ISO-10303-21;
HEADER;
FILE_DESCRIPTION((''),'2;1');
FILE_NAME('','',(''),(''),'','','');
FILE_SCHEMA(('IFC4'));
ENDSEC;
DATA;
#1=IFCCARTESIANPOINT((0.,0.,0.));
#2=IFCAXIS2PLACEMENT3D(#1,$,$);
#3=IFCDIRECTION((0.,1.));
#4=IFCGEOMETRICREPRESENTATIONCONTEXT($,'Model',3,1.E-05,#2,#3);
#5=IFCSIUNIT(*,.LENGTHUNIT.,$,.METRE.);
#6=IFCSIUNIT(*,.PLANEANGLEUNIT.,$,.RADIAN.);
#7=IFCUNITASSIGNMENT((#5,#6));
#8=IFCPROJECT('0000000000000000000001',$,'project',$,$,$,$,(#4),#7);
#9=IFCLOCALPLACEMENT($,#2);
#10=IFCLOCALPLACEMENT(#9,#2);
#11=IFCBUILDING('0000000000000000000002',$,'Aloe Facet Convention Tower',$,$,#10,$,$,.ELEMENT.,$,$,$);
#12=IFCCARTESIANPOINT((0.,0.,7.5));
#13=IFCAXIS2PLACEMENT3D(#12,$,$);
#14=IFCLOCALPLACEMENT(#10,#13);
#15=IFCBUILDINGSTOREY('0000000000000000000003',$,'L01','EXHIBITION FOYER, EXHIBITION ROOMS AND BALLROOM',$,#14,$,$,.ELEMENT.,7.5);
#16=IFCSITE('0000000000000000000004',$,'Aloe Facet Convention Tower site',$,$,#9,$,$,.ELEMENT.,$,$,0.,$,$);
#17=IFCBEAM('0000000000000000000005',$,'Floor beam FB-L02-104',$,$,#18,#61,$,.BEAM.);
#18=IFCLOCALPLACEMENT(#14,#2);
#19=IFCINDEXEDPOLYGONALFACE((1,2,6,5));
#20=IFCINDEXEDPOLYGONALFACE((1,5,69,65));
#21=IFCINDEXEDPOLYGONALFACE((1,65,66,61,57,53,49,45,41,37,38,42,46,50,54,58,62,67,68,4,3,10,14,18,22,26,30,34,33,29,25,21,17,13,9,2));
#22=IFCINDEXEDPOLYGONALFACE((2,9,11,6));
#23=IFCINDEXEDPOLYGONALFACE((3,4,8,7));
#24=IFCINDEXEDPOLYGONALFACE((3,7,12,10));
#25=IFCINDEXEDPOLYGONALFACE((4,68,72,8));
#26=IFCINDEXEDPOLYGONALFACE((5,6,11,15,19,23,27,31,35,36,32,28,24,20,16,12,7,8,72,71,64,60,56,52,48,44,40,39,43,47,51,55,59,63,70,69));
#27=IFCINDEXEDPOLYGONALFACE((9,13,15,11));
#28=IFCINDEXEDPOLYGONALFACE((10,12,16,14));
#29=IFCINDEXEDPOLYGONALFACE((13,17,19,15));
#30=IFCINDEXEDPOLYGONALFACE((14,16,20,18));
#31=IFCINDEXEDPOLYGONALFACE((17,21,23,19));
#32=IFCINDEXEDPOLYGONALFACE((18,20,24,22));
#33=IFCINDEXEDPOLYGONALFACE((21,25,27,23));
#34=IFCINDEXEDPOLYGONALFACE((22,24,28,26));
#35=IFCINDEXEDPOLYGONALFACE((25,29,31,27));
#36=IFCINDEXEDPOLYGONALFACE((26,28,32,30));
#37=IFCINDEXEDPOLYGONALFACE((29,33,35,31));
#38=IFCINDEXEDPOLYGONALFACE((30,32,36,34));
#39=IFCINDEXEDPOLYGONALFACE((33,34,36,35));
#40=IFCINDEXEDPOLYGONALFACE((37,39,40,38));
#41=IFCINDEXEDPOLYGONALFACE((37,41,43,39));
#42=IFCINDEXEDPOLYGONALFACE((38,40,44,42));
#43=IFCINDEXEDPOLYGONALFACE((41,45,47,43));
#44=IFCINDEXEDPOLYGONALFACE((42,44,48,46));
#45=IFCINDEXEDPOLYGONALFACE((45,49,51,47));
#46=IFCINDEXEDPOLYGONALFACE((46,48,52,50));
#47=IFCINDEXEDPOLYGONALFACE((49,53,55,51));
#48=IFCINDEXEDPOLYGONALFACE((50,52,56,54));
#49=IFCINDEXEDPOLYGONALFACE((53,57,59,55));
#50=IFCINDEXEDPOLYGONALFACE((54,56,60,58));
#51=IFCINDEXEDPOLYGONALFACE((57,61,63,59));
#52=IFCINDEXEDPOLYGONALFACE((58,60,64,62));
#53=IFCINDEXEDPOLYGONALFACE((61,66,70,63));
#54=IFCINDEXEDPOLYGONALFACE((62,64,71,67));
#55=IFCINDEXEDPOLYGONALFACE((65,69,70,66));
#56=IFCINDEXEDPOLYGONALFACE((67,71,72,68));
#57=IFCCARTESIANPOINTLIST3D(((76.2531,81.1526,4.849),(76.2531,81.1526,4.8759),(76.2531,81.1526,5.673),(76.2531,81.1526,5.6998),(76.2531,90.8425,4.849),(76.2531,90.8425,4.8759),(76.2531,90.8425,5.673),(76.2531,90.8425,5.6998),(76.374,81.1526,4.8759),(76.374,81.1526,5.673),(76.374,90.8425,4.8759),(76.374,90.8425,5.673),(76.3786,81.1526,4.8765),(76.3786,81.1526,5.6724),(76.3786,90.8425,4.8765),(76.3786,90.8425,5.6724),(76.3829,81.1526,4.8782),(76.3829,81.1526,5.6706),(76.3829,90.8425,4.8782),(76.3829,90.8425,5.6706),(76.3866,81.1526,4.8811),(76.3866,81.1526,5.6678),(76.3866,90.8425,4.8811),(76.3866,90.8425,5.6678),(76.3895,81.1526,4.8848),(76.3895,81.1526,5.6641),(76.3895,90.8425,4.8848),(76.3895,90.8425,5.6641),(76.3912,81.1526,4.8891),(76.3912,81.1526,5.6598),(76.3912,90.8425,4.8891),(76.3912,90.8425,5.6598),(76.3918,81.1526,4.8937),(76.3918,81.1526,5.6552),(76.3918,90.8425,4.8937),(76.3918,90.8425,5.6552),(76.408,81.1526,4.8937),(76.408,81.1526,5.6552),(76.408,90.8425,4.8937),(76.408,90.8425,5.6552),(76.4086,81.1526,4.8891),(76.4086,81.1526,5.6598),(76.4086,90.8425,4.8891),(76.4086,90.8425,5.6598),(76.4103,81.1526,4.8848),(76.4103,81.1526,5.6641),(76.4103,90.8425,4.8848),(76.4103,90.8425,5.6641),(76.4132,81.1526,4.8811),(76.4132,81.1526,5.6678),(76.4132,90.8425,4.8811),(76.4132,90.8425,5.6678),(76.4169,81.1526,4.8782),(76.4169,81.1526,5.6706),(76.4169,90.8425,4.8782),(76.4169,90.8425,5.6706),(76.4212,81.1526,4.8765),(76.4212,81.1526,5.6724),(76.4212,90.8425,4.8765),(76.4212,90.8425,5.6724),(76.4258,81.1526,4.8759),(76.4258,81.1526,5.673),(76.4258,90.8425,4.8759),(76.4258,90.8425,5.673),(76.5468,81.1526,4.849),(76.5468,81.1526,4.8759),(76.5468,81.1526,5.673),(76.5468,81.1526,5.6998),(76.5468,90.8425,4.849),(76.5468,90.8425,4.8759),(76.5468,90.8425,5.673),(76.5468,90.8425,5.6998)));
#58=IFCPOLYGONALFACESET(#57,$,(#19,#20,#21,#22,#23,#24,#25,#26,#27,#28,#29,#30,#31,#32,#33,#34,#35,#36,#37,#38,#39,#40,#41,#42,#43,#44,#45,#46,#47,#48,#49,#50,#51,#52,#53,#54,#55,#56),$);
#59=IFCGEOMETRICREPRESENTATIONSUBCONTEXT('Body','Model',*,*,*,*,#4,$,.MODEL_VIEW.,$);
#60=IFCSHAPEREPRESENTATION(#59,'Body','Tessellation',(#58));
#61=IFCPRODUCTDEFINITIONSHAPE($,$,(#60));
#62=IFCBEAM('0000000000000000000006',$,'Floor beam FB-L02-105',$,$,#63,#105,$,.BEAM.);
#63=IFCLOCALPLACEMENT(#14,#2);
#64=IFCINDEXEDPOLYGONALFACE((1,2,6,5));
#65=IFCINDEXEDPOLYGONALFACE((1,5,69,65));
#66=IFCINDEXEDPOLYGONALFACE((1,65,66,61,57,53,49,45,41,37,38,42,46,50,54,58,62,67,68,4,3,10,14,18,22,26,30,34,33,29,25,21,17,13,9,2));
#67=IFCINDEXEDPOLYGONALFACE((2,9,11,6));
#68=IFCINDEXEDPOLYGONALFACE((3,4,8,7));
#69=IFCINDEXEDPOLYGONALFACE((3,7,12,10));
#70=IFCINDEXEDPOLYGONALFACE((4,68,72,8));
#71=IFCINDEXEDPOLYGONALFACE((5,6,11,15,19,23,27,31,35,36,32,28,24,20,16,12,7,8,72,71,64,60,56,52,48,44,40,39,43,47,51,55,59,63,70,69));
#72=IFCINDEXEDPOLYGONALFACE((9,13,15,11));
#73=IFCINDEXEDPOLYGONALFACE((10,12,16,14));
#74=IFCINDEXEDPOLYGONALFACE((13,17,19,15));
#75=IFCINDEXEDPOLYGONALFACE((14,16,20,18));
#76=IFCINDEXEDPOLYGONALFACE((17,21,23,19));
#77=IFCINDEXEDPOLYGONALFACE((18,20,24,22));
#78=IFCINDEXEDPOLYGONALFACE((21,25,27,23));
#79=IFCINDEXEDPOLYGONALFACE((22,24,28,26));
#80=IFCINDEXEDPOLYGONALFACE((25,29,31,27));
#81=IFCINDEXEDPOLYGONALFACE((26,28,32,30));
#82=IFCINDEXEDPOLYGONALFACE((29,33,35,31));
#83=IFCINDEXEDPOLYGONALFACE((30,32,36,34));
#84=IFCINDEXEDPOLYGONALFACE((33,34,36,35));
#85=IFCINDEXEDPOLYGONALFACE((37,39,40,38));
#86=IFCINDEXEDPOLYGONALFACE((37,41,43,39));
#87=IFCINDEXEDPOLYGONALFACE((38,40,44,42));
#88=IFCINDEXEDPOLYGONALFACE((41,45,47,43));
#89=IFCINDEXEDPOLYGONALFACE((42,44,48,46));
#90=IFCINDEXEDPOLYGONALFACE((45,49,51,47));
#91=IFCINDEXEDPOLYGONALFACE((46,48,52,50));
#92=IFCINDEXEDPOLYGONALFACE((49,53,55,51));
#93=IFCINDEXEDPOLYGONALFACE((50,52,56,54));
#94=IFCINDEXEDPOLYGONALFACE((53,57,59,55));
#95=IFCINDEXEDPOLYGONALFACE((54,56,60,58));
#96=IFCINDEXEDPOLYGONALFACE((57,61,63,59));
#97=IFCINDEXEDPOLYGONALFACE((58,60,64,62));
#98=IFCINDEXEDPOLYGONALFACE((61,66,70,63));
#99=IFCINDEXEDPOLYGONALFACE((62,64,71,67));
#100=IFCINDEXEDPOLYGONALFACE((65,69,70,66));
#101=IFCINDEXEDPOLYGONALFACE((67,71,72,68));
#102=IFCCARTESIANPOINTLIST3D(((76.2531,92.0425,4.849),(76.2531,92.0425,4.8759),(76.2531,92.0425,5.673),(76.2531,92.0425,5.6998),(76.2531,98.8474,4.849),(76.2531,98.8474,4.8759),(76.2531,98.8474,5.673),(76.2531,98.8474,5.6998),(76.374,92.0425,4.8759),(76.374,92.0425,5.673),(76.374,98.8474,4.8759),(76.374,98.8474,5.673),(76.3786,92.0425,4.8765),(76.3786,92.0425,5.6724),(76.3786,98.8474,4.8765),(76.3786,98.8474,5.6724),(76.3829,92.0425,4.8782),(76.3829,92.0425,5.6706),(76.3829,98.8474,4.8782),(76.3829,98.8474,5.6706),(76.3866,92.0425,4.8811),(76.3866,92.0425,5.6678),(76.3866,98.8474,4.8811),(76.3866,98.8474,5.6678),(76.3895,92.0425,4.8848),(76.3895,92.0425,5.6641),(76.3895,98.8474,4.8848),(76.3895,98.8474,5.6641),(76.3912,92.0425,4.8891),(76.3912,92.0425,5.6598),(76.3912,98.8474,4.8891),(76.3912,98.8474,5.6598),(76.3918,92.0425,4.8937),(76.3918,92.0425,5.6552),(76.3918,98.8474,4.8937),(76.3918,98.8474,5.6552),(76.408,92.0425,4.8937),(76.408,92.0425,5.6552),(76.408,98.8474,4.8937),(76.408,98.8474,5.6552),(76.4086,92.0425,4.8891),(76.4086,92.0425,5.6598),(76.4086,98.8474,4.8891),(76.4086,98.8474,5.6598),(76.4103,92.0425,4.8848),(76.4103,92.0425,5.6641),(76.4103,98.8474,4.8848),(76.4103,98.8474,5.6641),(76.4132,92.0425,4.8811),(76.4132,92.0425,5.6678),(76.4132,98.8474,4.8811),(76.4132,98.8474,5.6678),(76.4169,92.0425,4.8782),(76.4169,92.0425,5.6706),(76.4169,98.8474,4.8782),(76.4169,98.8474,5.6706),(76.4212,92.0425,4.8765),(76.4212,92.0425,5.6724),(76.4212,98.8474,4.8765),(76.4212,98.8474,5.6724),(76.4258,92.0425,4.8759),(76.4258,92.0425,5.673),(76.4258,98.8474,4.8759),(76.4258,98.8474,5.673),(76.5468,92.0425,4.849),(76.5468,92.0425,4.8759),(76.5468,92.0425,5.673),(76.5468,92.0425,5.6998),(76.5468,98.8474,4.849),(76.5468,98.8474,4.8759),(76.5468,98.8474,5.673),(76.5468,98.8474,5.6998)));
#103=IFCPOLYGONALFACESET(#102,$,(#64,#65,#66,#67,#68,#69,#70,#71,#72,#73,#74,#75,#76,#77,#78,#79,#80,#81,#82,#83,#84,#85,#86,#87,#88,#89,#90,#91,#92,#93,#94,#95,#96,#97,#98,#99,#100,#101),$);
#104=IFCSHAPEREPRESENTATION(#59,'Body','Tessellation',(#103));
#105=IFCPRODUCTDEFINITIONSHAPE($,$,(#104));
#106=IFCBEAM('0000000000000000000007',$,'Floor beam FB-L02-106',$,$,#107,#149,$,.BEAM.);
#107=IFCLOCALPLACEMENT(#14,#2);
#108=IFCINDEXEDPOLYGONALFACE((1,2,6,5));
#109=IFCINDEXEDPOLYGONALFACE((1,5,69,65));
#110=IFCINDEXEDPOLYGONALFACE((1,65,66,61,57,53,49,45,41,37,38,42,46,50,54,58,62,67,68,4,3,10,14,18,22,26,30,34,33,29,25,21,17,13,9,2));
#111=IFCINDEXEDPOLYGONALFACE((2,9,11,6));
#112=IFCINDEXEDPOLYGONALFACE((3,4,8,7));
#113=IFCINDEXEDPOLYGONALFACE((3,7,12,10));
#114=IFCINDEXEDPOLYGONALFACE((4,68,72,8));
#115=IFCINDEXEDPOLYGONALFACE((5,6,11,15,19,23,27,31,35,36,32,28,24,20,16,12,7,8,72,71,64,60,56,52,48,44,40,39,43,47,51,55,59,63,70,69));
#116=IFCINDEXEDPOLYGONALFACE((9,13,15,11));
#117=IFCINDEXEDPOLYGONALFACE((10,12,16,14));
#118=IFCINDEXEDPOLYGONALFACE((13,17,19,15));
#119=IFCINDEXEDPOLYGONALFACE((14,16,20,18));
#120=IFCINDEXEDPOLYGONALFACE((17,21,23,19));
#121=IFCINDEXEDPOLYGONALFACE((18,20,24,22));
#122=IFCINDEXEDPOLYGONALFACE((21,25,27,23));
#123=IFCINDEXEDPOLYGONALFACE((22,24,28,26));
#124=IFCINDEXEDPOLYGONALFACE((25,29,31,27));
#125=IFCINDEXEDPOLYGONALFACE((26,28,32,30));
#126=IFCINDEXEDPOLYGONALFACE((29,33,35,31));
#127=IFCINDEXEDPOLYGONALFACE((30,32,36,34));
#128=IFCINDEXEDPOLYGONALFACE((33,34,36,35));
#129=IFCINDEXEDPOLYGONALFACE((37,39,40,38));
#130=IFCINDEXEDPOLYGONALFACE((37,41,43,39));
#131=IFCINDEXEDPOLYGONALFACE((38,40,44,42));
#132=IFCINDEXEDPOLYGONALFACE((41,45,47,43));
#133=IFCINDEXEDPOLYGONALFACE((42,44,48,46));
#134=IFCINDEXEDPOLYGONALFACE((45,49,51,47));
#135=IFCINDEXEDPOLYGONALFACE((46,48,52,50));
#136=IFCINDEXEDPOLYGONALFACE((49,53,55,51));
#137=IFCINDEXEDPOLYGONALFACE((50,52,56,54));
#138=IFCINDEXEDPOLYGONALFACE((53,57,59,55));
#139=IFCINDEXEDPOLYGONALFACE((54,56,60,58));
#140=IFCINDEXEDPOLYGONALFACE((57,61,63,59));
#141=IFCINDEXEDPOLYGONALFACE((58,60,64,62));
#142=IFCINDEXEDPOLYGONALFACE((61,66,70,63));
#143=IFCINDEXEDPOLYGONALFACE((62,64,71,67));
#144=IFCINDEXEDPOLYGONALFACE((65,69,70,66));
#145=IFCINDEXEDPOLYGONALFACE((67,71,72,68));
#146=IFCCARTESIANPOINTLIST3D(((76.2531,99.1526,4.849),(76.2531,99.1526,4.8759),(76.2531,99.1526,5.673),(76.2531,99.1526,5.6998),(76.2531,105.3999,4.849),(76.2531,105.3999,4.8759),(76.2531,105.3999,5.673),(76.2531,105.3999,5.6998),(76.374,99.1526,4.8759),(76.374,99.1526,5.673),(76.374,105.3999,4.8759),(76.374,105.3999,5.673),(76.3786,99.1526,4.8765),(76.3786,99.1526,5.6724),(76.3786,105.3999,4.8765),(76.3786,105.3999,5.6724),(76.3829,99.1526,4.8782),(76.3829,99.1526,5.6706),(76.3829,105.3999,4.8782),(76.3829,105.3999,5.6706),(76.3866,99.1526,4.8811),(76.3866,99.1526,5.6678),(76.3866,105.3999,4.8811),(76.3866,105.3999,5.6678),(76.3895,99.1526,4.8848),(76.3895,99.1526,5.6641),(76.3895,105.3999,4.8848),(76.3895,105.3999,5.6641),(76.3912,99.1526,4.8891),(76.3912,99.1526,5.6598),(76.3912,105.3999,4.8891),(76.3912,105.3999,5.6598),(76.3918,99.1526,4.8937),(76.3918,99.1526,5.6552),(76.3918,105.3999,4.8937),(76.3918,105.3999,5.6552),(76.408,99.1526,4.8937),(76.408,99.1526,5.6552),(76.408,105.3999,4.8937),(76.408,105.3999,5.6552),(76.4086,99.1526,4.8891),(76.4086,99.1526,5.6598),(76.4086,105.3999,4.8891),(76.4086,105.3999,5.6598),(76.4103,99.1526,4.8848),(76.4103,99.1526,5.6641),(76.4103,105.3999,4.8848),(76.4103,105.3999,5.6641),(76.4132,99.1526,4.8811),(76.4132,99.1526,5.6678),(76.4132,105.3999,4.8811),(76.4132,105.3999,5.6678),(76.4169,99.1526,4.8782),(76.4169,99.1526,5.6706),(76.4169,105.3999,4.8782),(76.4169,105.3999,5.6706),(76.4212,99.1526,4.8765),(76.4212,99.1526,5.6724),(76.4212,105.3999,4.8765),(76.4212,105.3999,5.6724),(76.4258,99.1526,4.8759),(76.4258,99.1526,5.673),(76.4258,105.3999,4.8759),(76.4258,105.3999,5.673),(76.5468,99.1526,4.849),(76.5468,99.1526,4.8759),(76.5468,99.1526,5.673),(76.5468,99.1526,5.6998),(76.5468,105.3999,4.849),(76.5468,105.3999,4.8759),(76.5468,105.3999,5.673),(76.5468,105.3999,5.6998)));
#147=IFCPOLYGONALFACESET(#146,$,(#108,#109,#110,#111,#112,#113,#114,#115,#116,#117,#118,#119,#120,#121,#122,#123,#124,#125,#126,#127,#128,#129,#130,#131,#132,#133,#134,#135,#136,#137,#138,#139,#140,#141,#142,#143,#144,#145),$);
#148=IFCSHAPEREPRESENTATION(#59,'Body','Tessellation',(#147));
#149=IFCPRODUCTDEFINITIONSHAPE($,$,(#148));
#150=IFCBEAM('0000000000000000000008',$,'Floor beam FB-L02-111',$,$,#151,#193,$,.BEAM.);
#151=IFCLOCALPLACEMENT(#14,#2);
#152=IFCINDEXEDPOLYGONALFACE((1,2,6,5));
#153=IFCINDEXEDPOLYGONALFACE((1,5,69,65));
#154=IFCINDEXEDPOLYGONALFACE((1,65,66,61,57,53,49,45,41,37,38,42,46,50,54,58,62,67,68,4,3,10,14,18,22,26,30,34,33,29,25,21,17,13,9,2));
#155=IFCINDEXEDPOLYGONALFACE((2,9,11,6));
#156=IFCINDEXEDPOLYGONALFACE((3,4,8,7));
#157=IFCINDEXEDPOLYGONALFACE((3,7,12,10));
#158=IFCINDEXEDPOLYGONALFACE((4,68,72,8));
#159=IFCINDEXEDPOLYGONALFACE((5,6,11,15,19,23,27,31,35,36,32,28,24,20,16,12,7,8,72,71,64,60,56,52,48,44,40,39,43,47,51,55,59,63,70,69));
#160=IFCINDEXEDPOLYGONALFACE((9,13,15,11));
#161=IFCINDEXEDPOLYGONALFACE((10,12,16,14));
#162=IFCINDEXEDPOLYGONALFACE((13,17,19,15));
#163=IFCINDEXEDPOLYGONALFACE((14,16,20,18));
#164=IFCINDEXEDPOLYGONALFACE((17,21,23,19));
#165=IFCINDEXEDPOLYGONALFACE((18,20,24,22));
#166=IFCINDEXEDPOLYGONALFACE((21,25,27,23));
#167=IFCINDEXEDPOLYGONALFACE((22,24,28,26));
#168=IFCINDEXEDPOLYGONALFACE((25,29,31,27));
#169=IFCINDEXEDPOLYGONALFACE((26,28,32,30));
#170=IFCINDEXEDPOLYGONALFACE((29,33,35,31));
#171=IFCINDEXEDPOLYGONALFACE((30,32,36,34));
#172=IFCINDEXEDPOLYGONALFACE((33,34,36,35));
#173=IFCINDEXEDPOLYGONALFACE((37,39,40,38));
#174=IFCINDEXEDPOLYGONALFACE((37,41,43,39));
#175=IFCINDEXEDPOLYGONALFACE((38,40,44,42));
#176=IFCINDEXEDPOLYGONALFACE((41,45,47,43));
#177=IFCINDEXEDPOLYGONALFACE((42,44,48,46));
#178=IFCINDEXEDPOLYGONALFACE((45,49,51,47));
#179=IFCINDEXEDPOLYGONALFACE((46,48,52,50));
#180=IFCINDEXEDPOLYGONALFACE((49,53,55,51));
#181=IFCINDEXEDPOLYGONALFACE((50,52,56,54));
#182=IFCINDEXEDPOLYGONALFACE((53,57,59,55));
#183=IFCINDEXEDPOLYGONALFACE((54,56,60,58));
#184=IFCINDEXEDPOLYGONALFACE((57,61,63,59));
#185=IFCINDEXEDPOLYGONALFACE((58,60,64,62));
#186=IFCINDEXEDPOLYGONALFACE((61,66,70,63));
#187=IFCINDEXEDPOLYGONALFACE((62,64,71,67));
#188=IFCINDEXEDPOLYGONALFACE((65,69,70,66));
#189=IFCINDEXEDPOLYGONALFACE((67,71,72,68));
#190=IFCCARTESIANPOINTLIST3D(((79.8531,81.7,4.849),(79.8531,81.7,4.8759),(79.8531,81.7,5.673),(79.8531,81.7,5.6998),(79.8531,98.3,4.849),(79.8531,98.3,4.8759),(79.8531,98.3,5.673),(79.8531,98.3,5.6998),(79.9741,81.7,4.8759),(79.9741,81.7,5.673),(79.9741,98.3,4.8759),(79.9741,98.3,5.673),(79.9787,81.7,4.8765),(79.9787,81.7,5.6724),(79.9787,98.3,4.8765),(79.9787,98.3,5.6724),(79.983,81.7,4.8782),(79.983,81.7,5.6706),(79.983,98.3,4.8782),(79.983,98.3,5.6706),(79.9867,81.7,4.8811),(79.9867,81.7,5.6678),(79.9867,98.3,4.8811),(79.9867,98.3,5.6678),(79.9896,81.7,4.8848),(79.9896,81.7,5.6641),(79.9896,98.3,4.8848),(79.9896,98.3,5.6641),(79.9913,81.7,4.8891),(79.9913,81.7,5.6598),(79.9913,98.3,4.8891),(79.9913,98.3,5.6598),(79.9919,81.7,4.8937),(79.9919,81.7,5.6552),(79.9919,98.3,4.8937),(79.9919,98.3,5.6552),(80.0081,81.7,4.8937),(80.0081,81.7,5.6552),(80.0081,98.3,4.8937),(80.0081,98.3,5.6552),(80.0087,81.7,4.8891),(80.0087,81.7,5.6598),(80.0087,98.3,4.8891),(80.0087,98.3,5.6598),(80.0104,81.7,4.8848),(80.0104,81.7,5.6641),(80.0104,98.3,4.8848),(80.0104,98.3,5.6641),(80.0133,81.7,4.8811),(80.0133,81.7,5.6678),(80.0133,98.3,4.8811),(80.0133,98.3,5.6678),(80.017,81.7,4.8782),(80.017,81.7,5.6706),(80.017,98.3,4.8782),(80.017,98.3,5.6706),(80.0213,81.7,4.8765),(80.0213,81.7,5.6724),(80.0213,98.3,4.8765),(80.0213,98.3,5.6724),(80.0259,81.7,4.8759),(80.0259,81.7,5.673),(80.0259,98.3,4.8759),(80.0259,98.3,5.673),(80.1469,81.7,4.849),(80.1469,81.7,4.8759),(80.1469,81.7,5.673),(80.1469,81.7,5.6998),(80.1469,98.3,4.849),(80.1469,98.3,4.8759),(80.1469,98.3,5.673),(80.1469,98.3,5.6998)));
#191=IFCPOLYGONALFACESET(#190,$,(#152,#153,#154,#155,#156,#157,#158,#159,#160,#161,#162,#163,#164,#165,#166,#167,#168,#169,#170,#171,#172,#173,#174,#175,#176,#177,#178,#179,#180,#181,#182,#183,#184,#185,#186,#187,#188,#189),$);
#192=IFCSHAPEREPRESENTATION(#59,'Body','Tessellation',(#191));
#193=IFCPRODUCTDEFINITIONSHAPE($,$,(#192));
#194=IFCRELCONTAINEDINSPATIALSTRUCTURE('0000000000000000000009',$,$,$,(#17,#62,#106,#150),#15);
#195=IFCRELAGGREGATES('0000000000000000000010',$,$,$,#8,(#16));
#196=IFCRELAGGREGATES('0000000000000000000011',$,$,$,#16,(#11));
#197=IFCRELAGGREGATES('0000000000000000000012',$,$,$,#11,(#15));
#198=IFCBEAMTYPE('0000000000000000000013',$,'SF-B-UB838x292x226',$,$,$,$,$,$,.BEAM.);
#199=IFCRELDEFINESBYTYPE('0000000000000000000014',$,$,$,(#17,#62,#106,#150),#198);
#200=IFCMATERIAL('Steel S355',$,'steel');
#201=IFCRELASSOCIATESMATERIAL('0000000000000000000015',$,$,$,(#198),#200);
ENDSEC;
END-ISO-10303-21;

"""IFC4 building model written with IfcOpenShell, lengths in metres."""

from ifc_helpers import new_model, si_unit, direction, frame, origin, origin_2d, place, context, subcontext, project, spatial, i_section, extrude, material, material_profile, profile_set, type_object, element, save


model = new_model("IFC4")

# Units and contexts
model_context = context("Model", 3, precision=1e-05, world=origin(), true_north=direction((0.0, 1.0)))
body_context = subcontext(model_context, "Body", "Model", "MODEL_VIEW")
ifc_project = project(units=[si_unit("LENGTHUNIT", "METRE"), si_unit("PLANEANGLEUNIT", "RADIAN")], contexts=[model_context])

# Site, building, storey
site_placement = place(None, origin())
site = spatial("IfcSite", under=ifc_project, at=site_placement, Name="Aloe Facet Convention Tower site", CompositionType="ELEMENT", RefElevation=0.0)
building_placement = place(site_placement, origin())
building = spatial("IfcBuilding", under=site, at=building_placement, Name="Aloe Facet Convention Tower", CompositionType="ELEMENT")
storey_placement = place(building_placement, frame((0.0, 0.0, 7.5)))
storey = spatial("IfcBuildingStorey", under=building, at=storey_placement, Name="L01", Description="EXHIBITION FOYER, EXHIBITION ROOMS AND BALLROOM", CompositionType="ELEMENT", Elevation=7.5)

# Beams
ifc_material_1 = material(Name="Steel S355", Category="steel")
ifc_material_profile_1 = material_profile(ifc_material_1, i_section(OverallWidth=0.2937, OverallDepth=0.8508, WebThickness=0.0161, FlangeThickness=0.0269, FilletRadius=0.0178, at=origin_2d()), Name="UB 838x292x226")
ifc_profile_set_1 = profile_set([ifc_material_profile_1], Name="Steel S355")
beam_type_1 = type_object("IfcBeamType", Name="SF-B-UB838x292x226", PredefinedType="BEAM", material=ifc_profile_set_1)
beam_1_placement = place(storey_placement, frame((76.3999, 81.1526, 5.2744), z_axis=(0.0, 1.0, 0.0), x_axis=(-1.0, 0.0, 0.0)))
element("IfcBeam", 1, at=beam_1_placement, inside=storey, type_object=beam_type_1, Name="Floor beam FB-L02-104", PredefinedType="BEAM", context=body_context, shape_type="SweptSolid", body=[
    extrude(i_section(OverallWidth=0.2937, OverallDepth=0.8508, WebThickness=0.0161, FlangeThickness=0.0269, FilletRadius=0.0178, at=origin_2d()), origin(), (0.0, 0.0, 1.0), 9.6899),
])
beam_2_placement = place(storey_placement, frame((76.3999, 92.0425, 5.2744), z_axis=(0.0, 1.0, 0.0), x_axis=(-1.0, 0.0, 0.0)))
element("IfcBeam", 2, at=beam_2_placement, inside=storey, type_object=beam_type_1, Name="Floor beam FB-L02-105", PredefinedType="BEAM", context=body_context, shape_type="SweptSolid", body=[
    extrude(i_section(OverallWidth=0.2937, OverallDepth=0.8508, WebThickness=0.0161, FlangeThickness=0.0269, FilletRadius=0.0178, at=origin_2d()), origin(), (0.0, 0.0, 1.0), 6.8049),
])
beam_3_placement = place(storey_placement, frame((76.3999, 99.1526, 5.2744), z_axis=(0.0, 1.0, 0.0), x_axis=(-1.0, 0.0, 0.0)))
element("IfcBeam", 3, at=beam_3_placement, inside=storey, type_object=beam_type_1, Name="Floor beam FB-L02-106", PredefinedType="BEAM", context=body_context, shape_type="SweptSolid", body=[
    extrude(i_section(OverallWidth=0.2937, OverallDepth=0.8508, WebThickness=0.0161, FlangeThickness=0.0269, FilletRadius=0.0178, at=origin_2d()), origin(), (0.0, 0.0, 1.0), 6.2473),
])
beam_4_placement = place(storey_placement, frame((80.0, 81.7, 5.2744), z_axis=(0.0, 1.0, 0.0), x_axis=(-1.0, 0.0, 0.0)))
element("IfcBeam", 4, at=beam_4_placement, inside=storey, type_object=beam_type_1, Name="Floor beam FB-L02-111", PredefinedType="BEAM", context=body_context, shape_type="SweptSolid", body=[
    extrude(i_section(OverallWidth=0.2937, OverallDepth=0.8508, WebThickness=0.0161, FlangeThickness=0.0269, FilletRadius=0.0178, at=origin_2d()), origin(), (0.0, 0.0, 1.0), 16.6001),
])

save(model, "model.ifc")
